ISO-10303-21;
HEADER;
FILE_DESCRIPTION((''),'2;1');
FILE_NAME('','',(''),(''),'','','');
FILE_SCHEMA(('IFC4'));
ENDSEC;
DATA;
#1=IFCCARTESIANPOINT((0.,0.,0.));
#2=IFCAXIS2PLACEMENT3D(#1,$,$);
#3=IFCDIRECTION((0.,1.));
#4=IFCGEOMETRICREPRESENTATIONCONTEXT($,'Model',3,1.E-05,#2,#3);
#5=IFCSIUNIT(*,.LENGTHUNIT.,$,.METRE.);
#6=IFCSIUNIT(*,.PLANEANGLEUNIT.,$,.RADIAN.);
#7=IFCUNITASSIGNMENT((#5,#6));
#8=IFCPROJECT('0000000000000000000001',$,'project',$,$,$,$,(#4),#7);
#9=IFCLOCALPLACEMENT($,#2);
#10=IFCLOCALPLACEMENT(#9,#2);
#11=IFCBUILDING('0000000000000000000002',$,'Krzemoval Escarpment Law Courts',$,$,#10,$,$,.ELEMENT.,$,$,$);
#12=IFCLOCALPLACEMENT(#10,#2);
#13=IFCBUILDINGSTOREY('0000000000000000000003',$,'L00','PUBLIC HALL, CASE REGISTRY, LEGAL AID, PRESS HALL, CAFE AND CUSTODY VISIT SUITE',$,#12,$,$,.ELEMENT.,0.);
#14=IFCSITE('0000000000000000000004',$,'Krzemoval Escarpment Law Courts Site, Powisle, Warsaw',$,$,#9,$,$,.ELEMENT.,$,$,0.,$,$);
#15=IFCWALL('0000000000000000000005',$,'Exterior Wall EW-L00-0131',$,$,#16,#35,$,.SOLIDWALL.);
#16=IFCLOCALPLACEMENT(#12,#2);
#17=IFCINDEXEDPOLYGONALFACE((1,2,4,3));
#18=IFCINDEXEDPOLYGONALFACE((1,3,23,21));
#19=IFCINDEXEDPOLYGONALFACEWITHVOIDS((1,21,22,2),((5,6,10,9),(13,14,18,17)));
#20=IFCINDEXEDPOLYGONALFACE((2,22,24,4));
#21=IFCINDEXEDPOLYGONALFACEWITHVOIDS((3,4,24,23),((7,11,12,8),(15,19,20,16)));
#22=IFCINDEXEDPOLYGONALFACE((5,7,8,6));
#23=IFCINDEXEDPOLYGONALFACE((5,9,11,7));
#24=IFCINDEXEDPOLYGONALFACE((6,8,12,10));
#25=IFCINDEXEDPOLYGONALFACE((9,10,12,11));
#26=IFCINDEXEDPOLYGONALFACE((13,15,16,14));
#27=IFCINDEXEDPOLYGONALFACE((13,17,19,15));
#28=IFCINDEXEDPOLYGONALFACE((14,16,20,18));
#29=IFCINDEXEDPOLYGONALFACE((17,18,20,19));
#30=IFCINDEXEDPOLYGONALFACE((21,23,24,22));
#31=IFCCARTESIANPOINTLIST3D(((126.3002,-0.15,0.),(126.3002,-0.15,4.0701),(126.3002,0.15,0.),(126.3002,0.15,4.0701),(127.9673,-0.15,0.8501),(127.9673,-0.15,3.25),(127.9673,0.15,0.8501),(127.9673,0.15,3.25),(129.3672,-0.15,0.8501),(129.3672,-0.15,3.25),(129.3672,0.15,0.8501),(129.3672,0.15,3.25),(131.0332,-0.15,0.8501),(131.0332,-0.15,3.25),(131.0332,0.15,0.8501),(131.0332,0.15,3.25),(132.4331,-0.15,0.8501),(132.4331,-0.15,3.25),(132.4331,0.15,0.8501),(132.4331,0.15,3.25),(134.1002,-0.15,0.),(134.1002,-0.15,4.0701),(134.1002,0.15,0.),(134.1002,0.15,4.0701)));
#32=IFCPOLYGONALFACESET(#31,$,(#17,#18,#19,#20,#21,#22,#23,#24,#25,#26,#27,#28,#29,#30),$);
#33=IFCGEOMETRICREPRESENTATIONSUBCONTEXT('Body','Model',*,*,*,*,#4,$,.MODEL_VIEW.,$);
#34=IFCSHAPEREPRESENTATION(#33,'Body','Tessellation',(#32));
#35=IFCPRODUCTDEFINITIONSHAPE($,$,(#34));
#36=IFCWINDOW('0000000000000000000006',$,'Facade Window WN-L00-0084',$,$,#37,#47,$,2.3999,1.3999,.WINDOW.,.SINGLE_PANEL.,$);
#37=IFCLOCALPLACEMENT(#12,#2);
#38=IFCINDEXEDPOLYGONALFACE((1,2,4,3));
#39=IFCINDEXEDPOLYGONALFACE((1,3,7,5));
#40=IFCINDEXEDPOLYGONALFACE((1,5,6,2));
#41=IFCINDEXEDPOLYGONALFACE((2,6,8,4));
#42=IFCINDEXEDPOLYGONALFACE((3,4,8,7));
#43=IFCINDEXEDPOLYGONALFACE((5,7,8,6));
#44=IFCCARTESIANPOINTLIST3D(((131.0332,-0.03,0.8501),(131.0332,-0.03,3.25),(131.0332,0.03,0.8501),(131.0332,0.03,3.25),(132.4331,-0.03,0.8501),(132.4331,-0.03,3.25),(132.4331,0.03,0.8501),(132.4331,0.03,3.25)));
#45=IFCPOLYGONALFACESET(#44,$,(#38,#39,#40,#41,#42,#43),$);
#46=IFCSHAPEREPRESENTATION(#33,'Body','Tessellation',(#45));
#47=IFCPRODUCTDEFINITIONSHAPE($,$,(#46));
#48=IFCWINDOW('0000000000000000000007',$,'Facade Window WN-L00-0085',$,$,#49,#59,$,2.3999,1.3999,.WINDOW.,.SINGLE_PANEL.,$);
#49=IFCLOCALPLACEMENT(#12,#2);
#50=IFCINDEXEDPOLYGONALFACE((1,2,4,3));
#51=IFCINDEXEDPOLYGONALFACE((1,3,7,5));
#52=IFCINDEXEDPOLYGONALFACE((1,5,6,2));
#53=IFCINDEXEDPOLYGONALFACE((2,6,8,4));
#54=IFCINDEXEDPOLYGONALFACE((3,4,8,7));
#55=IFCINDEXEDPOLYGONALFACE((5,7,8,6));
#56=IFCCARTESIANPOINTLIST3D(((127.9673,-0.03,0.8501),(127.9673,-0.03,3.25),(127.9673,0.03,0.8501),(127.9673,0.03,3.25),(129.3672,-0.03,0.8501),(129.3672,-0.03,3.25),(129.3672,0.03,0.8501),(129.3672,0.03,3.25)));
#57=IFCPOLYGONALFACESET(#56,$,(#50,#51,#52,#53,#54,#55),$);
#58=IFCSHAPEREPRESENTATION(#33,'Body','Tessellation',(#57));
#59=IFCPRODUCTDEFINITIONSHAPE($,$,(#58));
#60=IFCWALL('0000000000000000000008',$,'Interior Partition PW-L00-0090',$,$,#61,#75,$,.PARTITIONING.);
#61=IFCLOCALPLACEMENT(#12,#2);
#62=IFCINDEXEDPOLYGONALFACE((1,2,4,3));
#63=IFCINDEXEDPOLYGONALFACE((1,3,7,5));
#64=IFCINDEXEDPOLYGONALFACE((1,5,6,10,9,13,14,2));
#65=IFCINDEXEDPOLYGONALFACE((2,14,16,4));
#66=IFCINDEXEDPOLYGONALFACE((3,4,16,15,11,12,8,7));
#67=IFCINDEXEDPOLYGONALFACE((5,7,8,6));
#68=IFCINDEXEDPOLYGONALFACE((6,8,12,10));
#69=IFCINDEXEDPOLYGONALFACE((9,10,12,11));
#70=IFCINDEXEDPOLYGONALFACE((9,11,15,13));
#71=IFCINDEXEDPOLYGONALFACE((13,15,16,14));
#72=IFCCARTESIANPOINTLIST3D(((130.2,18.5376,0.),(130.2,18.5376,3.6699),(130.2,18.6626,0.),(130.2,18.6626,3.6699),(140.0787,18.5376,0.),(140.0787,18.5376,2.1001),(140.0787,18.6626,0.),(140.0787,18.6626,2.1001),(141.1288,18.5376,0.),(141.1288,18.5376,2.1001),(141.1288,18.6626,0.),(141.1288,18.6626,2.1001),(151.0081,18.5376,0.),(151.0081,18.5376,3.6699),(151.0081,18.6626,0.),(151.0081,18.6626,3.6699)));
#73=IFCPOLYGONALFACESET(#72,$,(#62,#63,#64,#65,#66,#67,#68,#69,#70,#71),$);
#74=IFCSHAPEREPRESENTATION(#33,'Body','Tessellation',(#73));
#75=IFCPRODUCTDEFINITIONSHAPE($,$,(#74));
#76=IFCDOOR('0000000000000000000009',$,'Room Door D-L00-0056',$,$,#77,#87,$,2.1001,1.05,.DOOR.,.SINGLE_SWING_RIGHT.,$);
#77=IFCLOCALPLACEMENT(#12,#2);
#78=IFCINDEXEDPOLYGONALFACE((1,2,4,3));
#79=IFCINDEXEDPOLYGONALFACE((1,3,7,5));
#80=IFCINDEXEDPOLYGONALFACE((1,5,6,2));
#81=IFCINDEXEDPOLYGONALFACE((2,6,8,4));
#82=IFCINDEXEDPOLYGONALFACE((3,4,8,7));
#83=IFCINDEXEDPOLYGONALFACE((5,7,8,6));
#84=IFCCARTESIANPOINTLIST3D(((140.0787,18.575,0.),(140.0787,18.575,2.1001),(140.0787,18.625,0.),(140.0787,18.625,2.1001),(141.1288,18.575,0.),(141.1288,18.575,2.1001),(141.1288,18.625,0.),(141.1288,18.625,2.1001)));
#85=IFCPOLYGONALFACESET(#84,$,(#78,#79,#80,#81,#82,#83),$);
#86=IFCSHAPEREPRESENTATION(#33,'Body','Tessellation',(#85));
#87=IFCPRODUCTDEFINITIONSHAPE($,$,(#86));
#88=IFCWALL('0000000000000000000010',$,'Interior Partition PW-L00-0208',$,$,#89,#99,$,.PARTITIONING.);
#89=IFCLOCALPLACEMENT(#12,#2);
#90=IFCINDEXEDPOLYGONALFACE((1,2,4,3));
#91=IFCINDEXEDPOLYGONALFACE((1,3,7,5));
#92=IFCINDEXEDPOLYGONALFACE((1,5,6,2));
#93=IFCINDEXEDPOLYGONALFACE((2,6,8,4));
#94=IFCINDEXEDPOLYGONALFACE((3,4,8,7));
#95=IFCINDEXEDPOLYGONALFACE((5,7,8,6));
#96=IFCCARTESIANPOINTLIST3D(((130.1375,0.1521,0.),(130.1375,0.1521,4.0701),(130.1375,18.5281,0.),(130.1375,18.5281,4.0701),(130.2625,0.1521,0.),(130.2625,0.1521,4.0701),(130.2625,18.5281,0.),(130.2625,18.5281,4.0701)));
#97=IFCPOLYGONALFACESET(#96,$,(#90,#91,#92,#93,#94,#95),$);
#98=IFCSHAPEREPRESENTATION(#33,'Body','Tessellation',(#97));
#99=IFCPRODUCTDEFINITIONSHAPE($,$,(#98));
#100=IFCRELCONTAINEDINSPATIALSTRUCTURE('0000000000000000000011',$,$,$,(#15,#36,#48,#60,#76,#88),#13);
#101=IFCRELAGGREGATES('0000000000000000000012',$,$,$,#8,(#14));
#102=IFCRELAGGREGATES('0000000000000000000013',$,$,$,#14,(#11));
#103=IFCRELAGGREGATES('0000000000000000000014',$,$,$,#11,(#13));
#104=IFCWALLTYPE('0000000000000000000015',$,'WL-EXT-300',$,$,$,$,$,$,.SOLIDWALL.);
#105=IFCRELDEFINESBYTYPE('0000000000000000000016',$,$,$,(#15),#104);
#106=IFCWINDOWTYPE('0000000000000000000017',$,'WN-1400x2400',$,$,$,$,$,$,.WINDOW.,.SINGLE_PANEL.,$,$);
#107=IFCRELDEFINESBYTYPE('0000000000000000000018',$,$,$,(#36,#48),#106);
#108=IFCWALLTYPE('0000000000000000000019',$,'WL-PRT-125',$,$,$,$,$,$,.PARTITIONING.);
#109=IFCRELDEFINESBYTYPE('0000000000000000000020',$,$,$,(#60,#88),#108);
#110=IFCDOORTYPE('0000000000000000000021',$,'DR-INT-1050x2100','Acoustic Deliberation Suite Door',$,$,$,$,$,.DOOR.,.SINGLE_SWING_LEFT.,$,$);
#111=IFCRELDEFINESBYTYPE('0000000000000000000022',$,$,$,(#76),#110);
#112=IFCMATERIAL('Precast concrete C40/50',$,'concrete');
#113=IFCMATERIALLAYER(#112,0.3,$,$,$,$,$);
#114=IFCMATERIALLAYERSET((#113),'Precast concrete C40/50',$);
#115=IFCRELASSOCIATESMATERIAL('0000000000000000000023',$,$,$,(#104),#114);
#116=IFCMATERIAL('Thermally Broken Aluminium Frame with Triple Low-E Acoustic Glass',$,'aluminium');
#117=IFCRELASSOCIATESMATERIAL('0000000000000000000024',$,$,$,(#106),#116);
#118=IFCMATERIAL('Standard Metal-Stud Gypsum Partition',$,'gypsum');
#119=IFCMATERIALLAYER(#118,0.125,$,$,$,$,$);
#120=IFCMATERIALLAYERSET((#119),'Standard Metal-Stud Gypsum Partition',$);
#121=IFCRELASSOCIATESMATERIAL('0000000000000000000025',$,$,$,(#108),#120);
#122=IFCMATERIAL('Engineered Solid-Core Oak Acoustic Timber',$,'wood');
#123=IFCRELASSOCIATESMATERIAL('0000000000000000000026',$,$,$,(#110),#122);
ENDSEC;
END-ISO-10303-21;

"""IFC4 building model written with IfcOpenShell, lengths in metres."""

from ifc_helpers import new_model, si_unit, direction, frame, frame_2d, origin, place, context, subcontext, project, spatial, rectangle, extrude, material, layer, layer_set, type_object, element, fill, save


model = new_model("IFC4")

# Units and contexts
model_context = context("Model", 3, precision=1e-05, world=origin(), true_north=direction((0.0, 1.0)))
body_context = subcontext(model_context, "Body", "Model", "MODEL_VIEW")
ifc_project = project(units=[si_unit("LENGTHUNIT", "METRE"), si_unit("PLANEANGLEUNIT", "RADIAN")], contexts=[model_context])

# Site, building, storey
site_placement = place(None, origin())
site = spatial("IfcSite", under=ifc_project, at=site_placement, Name="Krzemoval Escarpment Law Courts Site, Powisle, Warsaw", CompositionType="ELEMENT", RefElevation=0.0)
building_placement = place(site_placement, origin())
building = spatial("IfcBuilding", under=site, at=building_placement, Name="Krzemoval Escarpment Law Courts", CompositionType="ELEMENT")
storey_placement = place(building_placement, origin())
storey = spatial("IfcBuildingStorey", under=building, at=storey_placement, Name="L00", Description="PUBLIC HALL, CASE REGISTRY, LEGAL AID, PRESS HALL, CAFE AND CUSTODY VISIT SUITE", CompositionType="ELEMENT", Elevation=0.0)

# Wall, openings, windows
ifc_material_1 = material(Name="Precast concrete C40/50", Category="concrete")
ifc_layer_1 = layer(ifc_material_1, 0.3)
ifc_layer_set_1 = layer_set([ifc_layer_1], Name="Precast concrete C40/50")
wall_type_1 = type_object("IfcWallType", Name="WL-EXT-300", PredefinedType="SOLIDWALL", material=ifc_layer_set_1)
wall_1_placement = place(storey_placement, frame((134.1001, 0.0, 0.0), z_axis=(0.0, 0.0, 1.0), x_axis=(-1.0, 0.0, 0.0)))
wall_1 = element("IfcWall", 1, at=wall_1_placement, inside=storey, type_object=wall_type_1, Name="Exterior Wall EW-L00-0131", PredefinedType="SOLIDWALL", context=body_context, shape_type="SweptSolid", body=[
    extrude(rectangle(XDim=7.8, YDim=0.3, at=frame_2d((3.8999, 0.0))), origin(), (0.0, 0.0, 1.0), 4.0701),
])
opening_1_placement = place(wall_1_placement, frame((1.667, 0.0, 0.8501)))
opening_1 = element("IfcOpeningElement", 2, at=opening_1_placement, cuts=wall_1, PredefinedType="OPENING", context=body_context, shape_type="SweptSolid", body=[
    extrude(rectangle(XDim=1.3999, YDim=2.3999, at=frame_2d((0.7, 1.2))), frame((0.0, 0.165, 0.0), z_axis=(0.0, -1.0, 0.0), x_axis=(1.0, 0.0, 0.0)), (0.0, 0.0, 1.0), 0.3301),
])
opening_2_placement = place(wall_1_placement, frame((4.7329, 0.0, 0.8501)))
opening_2 = element("IfcOpeningElement", 3, at=opening_2_placement, cuts=wall_1, PredefinedType="OPENING", context=body_context, shape_type="SweptSolid", body=[
    extrude(rectangle(XDim=1.3999, YDim=2.3999, at=frame_2d((0.7, 1.2))), frame((0.0, 0.165, 0.0), z_axis=(0.0, -1.0, 0.0), x_axis=(1.0, 0.0, 0.0)), (0.0, 0.0, 1.0), 0.3301),
])
ifc_material_2 = material(Name="Thermally Broken Aluminium Frame with Triple Low-E Acoustic Glass", Category="aluminium")
window_type = type_object("IfcWindowType", Name="WN-1400x2400", PartitioningType="SINGLE_PANEL", PredefinedType="WINDOW", material=ifc_material_2)
window_1_placement = place(opening_1_placement, origin())
window_1 = element("IfcWindow", 4, at=window_1_placement, inside=storey, type_object=window_type, Name="Facade Window WN-L00-0084", OverallHeight=2.3999, OverallWidth=1.3999, PartitioningType="SINGLE_PANEL", PredefinedType="WINDOW", context=body_context, shape_type="SweptSolid", body=[
    extrude(rectangle(XDim=1.3999, YDim=2.3999, at=frame_2d((0.7, 1.2))), frame((0.0, 0.03, 0.0), z_axis=(0.0, -1.0, 0.0), x_axis=(1.0, 0.0, 0.0)), (0.0, 0.0, 1.0), 0.0601),
])
fill(opening_1, window_1)
window_2_placement = place(opening_2_placement, origin())
window_2 = element("IfcWindow", 5, at=window_2_placement, inside=storey, type_object=window_type, Name="Facade Window WN-L00-0085", OverallHeight=2.3999, OverallWidth=1.3999, PartitioningType="SINGLE_PANEL", PredefinedType="WINDOW", context=body_context, shape_type="SweptSolid", body=[
    extrude(rectangle(XDim=1.3999, YDim=2.3999, at=frame_2d((0.7, 1.2))), frame((0.0, 0.03, 0.0), z_axis=(0.0, -1.0, 0.0), x_axis=(1.0, 0.0, 0.0)), (0.0, 0.0, 1.0), 0.0601),
])
fill(opening_2, window_2)

# Wall, opening, door
ifc_material_3 = material(Name="Standard Metal-Stud Gypsum Partition", Category="gypsum")
ifc_layer_2 = layer(ifc_material_3, 0.125)
ifc_layer_set_2 = layer_set([ifc_layer_2], Name="Standard Metal-Stud Gypsum Partition")
wall_type_2 = type_object("IfcWallType", Name="WL-PRT-125", PredefinedType="PARTITIONING", material=ifc_layer_set_2)
wall_2_placement = place(storey_placement, frame((130.2, 18.6001, 0.0), z_axis=(0.0, 0.0, 1.0), x_axis=(1.0, 0.0, 0.0)))
wall_2 = element("IfcWall", 6, at=wall_2_placement, inside=storey, type_object=wall_type_2, Name="Interior Partition PW-L00-0090", PredefinedType="PARTITIONING", context=body_context, shape_type="SweptSolid", body=[
    extrude(rectangle(XDim=20.8081, YDim=0.125, at=frame_2d((10.4041, 0.0))), origin(), (0.0, 0.0, 1.0), 3.6699),
])
opening_3_placement = place(wall_2_placement, frame((9.8789, 0.0, 0.0)))
opening_3 = element("IfcOpeningElement", 7, at=opening_3_placement, cuts=wall_2, PredefinedType="OPENING", context=body_context, shape_type="SweptSolid", body=[
    extrude(rectangle(XDim=1.05, YDim=2.1001, at=frame_2d((0.5249, 1.05))), frame((0.0, 0.0775, 0.0), z_axis=(0.0, -1.0, 0.0), x_axis=(1.0, 0.0, 0.0)), (0.0, 0.0, 1.0), 0.155),
])
ifc_material_4 = material(Name="Engineered Solid-Core Oak Acoustic Timber", Category="wood")
door_type = type_object("IfcDoorType", Name="DR-INT-1050x2100", Description="Acoustic Deliberation Suite Door", OperationType="SINGLE_SWING_LEFT", PredefinedType="DOOR", material=ifc_material_4)
door_placement = place(opening_3_placement, origin())
door = element("IfcDoor", 8, at=door_placement, inside=storey, type_object=door_type, Name="Room Door D-L00-0056", OperationType="SINGLE_SWING_RIGHT", OverallHeight=2.1001, OverallWidth=1.05, PredefinedType="DOOR", context=body_context, shape_type="SweptSolid", body=[
    extrude(rectangle(XDim=1.05, YDim=2.1001, at=frame_2d((0.5249, 1.05))), frame((0.0, 0.0249, 0.0), z_axis=(0.0, -1.0, 0.0), x_axis=(1.0, 0.0, 0.0)), (0.0, 0.0, 1.0), 0.05),
])
fill(opening_3, door)

# Wall
wall_3_placement = place(storey_placement, frame((130.2, 0.1521, 0.0), z_axis=(0.0, 0.0, 1.0), x_axis=(0.0, 1.0, 0.0)))
element("IfcWall", 9, at=wall_3_placement, inside=storey, type_object=wall_type_2, Name="Interior Partition PW-L00-0208", PredefinedType="PARTITIONING", context=body_context, shape_type="SweptSolid", body=[
    extrude(rectangle(XDim=18.376, YDim=0.125, at=frame_2d((9.188, 0.0))), origin(), (0.0, 0.0, 1.0), 4.0701),
])

save(model, "model.ifc")
